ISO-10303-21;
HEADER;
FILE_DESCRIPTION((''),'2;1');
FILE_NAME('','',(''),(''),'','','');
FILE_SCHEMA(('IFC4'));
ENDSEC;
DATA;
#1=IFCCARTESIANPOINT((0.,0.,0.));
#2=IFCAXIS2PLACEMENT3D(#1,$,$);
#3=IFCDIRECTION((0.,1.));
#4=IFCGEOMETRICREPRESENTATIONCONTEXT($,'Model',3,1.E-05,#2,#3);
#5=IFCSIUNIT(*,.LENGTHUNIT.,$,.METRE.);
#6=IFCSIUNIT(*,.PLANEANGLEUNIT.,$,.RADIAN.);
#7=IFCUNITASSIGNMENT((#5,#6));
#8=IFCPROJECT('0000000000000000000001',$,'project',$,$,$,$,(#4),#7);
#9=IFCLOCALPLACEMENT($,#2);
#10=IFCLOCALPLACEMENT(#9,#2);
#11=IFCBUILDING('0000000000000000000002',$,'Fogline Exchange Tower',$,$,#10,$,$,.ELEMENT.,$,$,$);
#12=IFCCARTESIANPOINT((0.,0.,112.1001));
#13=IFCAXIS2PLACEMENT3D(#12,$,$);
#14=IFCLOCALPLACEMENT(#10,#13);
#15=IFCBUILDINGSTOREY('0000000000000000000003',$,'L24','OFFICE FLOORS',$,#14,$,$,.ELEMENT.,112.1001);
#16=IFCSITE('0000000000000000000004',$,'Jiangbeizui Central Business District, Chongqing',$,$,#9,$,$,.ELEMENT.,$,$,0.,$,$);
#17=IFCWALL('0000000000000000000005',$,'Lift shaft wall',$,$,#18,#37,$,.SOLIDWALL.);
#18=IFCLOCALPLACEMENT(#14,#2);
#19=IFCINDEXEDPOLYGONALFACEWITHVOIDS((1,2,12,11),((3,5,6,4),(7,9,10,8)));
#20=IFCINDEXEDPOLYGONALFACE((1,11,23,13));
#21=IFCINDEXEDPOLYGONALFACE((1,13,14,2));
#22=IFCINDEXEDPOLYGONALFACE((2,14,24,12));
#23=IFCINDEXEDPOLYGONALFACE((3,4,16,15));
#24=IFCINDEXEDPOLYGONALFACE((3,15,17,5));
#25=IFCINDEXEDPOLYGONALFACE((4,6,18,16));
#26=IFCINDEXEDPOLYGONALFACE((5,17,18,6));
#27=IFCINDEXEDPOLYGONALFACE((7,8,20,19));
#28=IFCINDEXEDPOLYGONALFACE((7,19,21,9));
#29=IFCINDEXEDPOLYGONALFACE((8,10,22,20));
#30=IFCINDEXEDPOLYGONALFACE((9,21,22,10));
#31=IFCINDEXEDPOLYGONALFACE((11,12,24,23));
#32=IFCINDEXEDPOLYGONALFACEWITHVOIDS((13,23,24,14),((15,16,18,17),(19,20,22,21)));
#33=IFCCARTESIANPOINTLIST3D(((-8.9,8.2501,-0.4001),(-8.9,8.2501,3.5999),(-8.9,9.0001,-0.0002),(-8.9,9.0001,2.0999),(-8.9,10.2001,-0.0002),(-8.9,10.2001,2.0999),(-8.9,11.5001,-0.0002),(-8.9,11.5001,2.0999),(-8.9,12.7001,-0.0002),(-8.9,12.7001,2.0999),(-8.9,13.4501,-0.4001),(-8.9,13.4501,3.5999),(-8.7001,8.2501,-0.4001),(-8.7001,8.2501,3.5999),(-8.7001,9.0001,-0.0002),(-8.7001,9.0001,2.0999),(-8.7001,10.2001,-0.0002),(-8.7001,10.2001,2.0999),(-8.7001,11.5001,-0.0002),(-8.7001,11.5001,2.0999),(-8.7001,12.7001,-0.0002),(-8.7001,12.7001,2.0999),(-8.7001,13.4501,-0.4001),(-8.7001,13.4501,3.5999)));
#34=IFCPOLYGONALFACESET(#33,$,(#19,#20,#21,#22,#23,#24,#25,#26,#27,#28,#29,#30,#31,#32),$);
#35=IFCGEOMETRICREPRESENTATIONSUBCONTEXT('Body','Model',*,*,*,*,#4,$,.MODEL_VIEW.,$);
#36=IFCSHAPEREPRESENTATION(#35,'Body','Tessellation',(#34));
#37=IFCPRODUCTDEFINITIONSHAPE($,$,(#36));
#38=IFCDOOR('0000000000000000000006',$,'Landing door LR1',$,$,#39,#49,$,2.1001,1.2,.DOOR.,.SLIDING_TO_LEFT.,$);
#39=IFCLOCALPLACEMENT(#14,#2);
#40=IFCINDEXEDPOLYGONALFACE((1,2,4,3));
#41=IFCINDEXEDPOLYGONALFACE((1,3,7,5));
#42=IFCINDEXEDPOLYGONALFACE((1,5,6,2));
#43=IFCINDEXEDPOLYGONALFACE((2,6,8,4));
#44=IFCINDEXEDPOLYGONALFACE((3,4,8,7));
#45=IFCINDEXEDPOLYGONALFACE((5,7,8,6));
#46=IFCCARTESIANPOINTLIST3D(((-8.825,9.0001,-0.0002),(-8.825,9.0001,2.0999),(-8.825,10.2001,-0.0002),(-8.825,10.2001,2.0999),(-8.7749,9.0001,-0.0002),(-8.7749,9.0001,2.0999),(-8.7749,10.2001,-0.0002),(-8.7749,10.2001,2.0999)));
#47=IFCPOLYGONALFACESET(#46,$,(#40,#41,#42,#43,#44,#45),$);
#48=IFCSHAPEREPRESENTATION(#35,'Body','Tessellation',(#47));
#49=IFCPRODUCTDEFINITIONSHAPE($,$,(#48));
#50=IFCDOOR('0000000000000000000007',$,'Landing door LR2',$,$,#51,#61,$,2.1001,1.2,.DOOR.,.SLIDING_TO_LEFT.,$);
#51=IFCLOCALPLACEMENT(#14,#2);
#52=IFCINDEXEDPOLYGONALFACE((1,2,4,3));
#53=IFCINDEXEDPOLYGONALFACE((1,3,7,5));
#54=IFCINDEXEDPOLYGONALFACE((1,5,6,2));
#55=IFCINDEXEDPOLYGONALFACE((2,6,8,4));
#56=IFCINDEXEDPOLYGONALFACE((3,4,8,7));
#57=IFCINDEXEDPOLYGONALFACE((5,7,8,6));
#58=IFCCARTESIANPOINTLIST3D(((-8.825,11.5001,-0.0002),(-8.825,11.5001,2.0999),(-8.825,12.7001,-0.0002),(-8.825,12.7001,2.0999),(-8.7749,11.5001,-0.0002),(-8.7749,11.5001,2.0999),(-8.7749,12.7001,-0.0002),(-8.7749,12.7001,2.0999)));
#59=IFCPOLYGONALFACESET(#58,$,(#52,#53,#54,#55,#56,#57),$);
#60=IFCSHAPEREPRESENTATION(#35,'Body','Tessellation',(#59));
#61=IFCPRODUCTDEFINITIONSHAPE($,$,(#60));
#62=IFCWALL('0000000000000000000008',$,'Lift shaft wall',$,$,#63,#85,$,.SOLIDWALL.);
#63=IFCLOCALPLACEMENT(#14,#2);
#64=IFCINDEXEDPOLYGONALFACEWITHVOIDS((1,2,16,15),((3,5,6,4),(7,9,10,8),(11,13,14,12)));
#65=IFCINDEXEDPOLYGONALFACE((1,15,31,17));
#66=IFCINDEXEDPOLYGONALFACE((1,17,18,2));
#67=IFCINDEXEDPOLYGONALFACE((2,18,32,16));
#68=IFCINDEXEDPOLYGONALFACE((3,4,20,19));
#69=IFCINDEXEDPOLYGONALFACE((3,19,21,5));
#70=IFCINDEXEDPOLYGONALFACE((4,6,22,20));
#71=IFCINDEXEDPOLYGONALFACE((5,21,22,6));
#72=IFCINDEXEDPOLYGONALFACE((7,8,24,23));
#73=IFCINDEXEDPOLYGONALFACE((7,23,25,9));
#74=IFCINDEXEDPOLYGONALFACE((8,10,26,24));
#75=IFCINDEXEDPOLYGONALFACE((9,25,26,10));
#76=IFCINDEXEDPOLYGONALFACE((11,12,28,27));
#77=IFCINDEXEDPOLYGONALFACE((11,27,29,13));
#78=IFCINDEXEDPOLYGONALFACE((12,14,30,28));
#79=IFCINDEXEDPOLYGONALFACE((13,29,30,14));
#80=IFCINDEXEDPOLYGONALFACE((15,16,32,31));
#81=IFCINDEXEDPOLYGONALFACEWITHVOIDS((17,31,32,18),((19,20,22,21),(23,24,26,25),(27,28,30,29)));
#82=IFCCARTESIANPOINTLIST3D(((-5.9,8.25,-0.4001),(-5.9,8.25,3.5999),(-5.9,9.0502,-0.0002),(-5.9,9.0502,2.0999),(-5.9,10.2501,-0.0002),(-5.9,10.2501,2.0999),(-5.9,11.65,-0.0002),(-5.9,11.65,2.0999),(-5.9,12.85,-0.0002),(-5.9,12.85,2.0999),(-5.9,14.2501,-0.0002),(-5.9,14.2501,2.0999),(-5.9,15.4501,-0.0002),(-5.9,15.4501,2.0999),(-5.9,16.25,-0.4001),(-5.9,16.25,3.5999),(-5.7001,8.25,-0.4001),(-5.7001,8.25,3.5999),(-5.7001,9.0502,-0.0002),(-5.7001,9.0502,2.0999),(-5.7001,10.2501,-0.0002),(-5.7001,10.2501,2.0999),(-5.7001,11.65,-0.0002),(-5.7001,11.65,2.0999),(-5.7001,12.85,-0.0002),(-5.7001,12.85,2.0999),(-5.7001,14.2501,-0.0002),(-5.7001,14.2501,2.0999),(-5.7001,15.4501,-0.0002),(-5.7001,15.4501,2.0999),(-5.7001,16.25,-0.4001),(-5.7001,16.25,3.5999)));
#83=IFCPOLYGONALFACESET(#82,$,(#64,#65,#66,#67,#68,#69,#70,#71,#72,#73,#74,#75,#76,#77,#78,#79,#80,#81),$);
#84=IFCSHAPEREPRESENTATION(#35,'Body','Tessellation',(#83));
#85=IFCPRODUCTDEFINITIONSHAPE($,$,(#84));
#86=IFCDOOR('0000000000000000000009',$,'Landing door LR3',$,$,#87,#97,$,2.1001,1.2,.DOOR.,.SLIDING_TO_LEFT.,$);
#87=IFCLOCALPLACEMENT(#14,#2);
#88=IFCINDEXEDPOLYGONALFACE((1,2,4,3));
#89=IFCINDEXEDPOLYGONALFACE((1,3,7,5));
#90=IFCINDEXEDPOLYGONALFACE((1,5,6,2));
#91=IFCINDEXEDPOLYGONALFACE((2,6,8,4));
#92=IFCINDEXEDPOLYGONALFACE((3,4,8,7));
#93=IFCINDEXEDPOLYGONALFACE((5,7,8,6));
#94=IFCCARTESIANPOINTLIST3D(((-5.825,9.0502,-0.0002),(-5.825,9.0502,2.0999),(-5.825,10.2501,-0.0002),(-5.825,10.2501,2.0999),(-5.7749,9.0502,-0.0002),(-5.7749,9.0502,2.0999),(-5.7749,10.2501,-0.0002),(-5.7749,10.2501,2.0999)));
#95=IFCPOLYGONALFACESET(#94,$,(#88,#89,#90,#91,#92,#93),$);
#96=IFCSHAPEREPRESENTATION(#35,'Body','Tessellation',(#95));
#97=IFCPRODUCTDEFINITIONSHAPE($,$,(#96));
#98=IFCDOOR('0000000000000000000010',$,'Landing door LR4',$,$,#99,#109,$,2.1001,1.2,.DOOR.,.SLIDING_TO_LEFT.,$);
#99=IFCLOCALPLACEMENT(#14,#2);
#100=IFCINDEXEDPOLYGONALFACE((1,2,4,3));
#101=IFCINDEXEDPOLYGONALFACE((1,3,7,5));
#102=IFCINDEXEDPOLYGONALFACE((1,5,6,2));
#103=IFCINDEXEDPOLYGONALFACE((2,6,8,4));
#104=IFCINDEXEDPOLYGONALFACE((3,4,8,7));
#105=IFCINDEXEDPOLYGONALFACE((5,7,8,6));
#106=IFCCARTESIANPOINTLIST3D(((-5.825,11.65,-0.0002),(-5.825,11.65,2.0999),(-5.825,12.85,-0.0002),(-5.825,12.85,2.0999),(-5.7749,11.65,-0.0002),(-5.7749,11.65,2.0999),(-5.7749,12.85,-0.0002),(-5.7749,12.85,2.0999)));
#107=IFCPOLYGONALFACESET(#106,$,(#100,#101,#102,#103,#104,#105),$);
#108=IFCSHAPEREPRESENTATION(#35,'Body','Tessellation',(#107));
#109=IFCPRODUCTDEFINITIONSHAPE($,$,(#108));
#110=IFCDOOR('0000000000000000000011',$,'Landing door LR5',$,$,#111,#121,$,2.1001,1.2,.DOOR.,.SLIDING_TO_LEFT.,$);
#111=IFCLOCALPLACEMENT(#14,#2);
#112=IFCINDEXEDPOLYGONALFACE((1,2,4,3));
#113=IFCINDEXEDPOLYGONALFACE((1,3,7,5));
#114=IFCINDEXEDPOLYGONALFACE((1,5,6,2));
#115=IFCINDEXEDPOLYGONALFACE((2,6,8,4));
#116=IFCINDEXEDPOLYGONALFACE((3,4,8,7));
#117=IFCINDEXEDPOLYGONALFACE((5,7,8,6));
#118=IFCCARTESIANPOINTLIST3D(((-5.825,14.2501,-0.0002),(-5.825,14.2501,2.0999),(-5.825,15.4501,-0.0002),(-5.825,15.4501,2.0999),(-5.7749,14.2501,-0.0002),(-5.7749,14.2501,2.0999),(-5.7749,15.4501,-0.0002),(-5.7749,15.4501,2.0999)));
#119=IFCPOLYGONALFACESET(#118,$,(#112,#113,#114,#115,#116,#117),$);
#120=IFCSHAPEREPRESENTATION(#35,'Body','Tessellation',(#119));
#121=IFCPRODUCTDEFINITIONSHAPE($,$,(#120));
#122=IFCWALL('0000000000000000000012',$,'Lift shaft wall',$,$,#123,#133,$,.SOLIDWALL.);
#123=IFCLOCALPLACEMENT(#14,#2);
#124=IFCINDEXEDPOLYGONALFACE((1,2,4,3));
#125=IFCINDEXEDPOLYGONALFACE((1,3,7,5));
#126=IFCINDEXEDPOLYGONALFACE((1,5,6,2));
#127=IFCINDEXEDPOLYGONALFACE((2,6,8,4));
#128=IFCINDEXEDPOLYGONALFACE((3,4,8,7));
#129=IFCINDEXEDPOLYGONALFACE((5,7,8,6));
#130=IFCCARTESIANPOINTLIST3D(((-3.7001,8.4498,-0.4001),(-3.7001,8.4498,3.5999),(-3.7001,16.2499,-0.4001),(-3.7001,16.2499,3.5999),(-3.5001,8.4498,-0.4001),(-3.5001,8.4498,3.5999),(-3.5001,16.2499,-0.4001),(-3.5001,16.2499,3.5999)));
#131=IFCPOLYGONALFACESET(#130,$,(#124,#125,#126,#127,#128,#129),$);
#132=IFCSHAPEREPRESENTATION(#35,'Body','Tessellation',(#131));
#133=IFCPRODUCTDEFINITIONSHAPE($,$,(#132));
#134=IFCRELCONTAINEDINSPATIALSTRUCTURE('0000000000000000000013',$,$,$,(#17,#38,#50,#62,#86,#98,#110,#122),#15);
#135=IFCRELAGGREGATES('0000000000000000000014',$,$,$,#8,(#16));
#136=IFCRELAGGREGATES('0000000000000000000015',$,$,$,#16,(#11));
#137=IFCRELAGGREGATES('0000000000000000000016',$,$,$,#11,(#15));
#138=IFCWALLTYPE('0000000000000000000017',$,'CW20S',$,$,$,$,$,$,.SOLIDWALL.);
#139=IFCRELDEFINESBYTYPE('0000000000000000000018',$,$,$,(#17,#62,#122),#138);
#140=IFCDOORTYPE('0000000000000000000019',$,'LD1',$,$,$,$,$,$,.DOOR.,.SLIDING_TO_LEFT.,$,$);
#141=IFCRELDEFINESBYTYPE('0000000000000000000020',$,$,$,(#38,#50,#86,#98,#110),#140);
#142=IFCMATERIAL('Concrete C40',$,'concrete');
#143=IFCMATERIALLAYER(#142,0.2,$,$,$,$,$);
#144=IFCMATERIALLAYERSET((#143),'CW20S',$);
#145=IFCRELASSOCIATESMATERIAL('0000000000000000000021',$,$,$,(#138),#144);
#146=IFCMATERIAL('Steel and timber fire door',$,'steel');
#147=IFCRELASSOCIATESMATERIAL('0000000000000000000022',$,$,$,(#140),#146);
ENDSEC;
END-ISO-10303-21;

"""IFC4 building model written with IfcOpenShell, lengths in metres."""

from ifc_helpers import new_model, si_unit, direction, frame, frame_2d, origin, place, context, subcontext, project, spatial, rectangle, extrude, material, layer, layer_set, type_object, element, fill, save


model = new_model("IFC4")

# Units and contexts
model_context = context("Model", 3, precision=1e-05, world=origin(), true_north=direction((0.0, 1.0)))
body_context = subcontext(model_context, "Body", "Model", "MODEL_VIEW")
ifc_project = project(units=[si_unit("LENGTHUNIT", "METRE"), si_unit("PLANEANGLEUNIT", "RADIAN")], contexts=[model_context])

# Site, building, storey
site_placement = place(None, origin())
site = spatial("IfcSite", under=ifc_project, at=site_placement, Name="Jiangbeizui Central Business District, Chongqing", CompositionType="ELEMENT", RefElevation=0.0)
building_placement = place(site_placement, origin())
building = spatial("IfcBuilding", under=site, at=building_placement, Name="Fogline Exchange Tower", CompositionType="ELEMENT")
storey_placement = place(building_placement, frame((0.0, 0.0, 112.1001)))
storey = spatial("IfcBuildingStorey", under=building, at=storey_placement, Name="L24", Description="OFFICE FLOORS", CompositionType="ELEMENT", Elevation=112.1001)

# Shared definitions
ifc_material_1 = material(Name="Steel and timber fire door", Category="steel")

# Shared definitions
ifc_material_2 = material(Name="Concrete C40", Category="concrete")

# Walls, openings, doors
ifc_layer_1 = layer(ifc_material_2, 0.2)
ifc_layer_set_1 = layer_set([ifc_layer_1], Name="CW20S")
wall_type_1 = type_object("IfcWallType", Name="CW20S", PredefinedType="SOLIDWALL", material=ifc_layer_set_1)
wall_1_placement = place(storey_placement, frame((-8.8, 8.25, -0.4001), z_axis=(0.0, 0.0, 1.0), x_axis=(0.0, 1.0, 0.0)))
wall_1 = element("IfcWall", 1, at=wall_1_placement, inside=storey, type_object=wall_type_1, Name="Lift shaft wall", PredefinedType="SOLIDWALL", context=body_context, shape_type="SweptSolid", body=[
    extrude(rectangle(XDim=5.2, YDim=0.2, at=frame_2d((2.6001, 0.0))), origin(), (0.0, 0.0, 1.0), 4.0),
])
opening_1_placement = place(wall_1_placement, frame((0.75, 0.0, 0.3999)))
opening_1 = element("IfcOpeningElement", 2, at=opening_1_placement, cuts=wall_1, PredefinedType="OPENING", context=body_context, shape_type="SweptSolid", body=[
    extrude(rectangle(XDim=1.2, YDim=2.1001, at=frame_2d((0.6001, 1.05))), frame((0.0, 0.1099, 0.0), z_axis=(0.0, -1.0, 0.0), x_axis=(1.0, 0.0, 0.0)), (0.0, 0.0, 1.0), 0.22),
])
opening_2_placement = place(wall_1_placement, frame((3.25, 0.0, 0.3999)))
opening_2 = element("IfcOpeningElement", 3, at=opening_2_placement, cuts=wall_1, PredefinedType="OPENING", context=body_context, shape_type="SweptSolid", body=[
    extrude(rectangle(XDim=1.2, YDim=2.1001, at=frame_2d((0.6001, 1.05))), frame((0.0, 0.1099, 0.0), z_axis=(0.0, -1.0, 0.0), x_axis=(1.0, 0.0, 0.0)), (0.0, 0.0, 1.0), 0.22),
])
door_type_1 = type_object("IfcDoorType", Name="LD1", OperationType="SLIDING_TO_LEFT", PredefinedType="DOOR", material=ifc_material_1)
door_1_placement = place(opening_1_placement, origin())
door_1 = element("IfcDoor", 4, at=door_1_placement, inside=storey, type_object=door_type_1, Name="Landing door LR1", OperationType="SLIDING_TO_LEFT", OverallHeight=2.1001, OverallWidth=1.2, PredefinedType="DOOR", context=body_context, shape_type="SweptSolid", body=[
    extrude(rectangle(XDim=1.2, YDim=2.1001, at=frame_2d((0.6001, 1.05))), frame((0.0, 0.0249, 0.0), z_axis=(0.0, -1.0, 0.0), x_axis=(1.0, 0.0, 0.0)), (0.0, 0.0, 1.0), 0.05),
])
fill(opening_1, door_1)
door_2_placement = place(opening_2_placement, origin())
door_2 = element("IfcDoor", 5, at=door_2_placement, inside=storey, type_object=door_type_1, Name="Landing door LR2", OperationType="SLIDING_TO_LEFT", OverallHeight=2.1001, OverallWidth=1.2, PredefinedType="DOOR", context=body_context, shape_type="SweptSolid", body=[
    extrude(rectangle(XDim=1.2, YDim=2.1001, at=frame_2d((0.6001, 1.05))), frame((0.0, 0.0249, 0.0), z_axis=(0.0, -1.0, 0.0), x_axis=(1.0, 0.0, 0.0)), (0.0, 0.0, 1.0), 0.05),
])
fill(opening_2, door_2)
wall_2_placement = place(storey_placement, frame((-5.8, 8.25, -0.4001), z_axis=(0.0, 0.0, 1.0), x_axis=(0.0, 1.0, 0.0)))
wall_2 = element("IfcWall", 6, at=wall_2_placement, inside=storey, type_object=wall_type_1, Name="Lift shaft wall", PredefinedType="SOLIDWALL", context=body_context, shape_type="SweptSolid", body=[
    extrude(rectangle(XDim=8.0, YDim=0.2, at=frame_2d((4.0, 0.0))), origin(), (0.0, 0.0, 1.0), 4.0),
])
opening_3_placement = place(wall_2_placement, frame((0.8, 0.0, 0.3999)))
opening_3 = element("IfcOpeningElement", 7, at=opening_3_placement, cuts=wall_2, PredefinedType="OPENING", context=body_context, shape_type="SweptSolid", body=[
    extrude(rectangle(XDim=1.2, YDim=2.1001, at=frame_2d((0.6001, 1.05))), frame((0.0, 0.1099, 0.0), z_axis=(0.0, -1.0, 0.0), x_axis=(1.0, 0.0, 0.0)), (0.0, 0.0, 1.0), 0.22),
])
opening_4_placement = place(wall_2_placement, frame((3.3999, 0.0, 0.3999)))
opening_4 = element("IfcOpeningElement", 8, at=opening_4_placement, cuts=wall_2, PredefinedType="OPENING", context=body_context, shape_type="SweptSolid", body=[
    extrude(rectangle(XDim=1.2, YDim=2.1001, at=frame_2d((0.6001, 1.05))), frame((0.0, 0.1099, 0.0), z_axis=(0.0, -1.0, 0.0), x_axis=(1.0, 0.0, 0.0)), (0.0, 0.0, 1.0), 0.22),
])
opening_5_placement = place(wall_2_placement, frame((6.0, 0.0, 0.3999)))
opening_5 = element("IfcOpeningElement", 9, at=opening_5_placement, cuts=wall_2, PredefinedType="OPENING", context=body_context, shape_type="SweptSolid", body=[
    extrude(rectangle(XDim=1.2, YDim=2.1001, at=frame_2d((0.6001, 1.05))), frame((0.0, 0.1099, 0.0), z_axis=(0.0, -1.0, 0.0), x_axis=(1.0, 0.0, 0.0)), (0.0, 0.0, 1.0), 0.22),
])
door_3_placement = place(opening_3_placement, origin())
door_3 = element("IfcDoor", 10, at=door_3_placement, inside=storey, type_object=door_type_1, Name="Landing door LR3", OperationType="SLIDING_TO_LEFT", OverallHeight=2.1001, OverallWidth=1.2, PredefinedType="DOOR", context=body_context, shape_type="SweptSolid", body=[
    extrude(rectangle(XDim=1.2, YDim=2.1001, at=frame_2d((0.6001, 1.05))), frame((0.0, 0.0249, 0.0), z_axis=(0.0, -1.0, 0.0), x_axis=(1.0, 0.0, 0.0)), (0.0, 0.0, 1.0), 0.05),
])
fill(opening_3, door_3)
door_4_placement = place(opening_4_placement, origin())
door_4 = element("IfcDoor", 11, at=door_4_placement, inside=storey, type_object=door_type_1, Name="Landing door LR4", OperationType="SLIDING_TO_LEFT", OverallHeight=2.1001, OverallWidth=1.2, PredefinedType="DOOR", context=body_context, shape_type="SweptSolid", body=[
    extrude(rectangle(XDim=1.2, YDim=2.1001, at=frame_2d((0.6001, 1.05))), frame((0.0, 0.0249, 0.0), z_axis=(0.0, -1.0, 0.0), x_axis=(1.0, 0.0, 0.0)), (0.0, 0.0, 1.0), 0.05),
])
fill(opening_4, door_4)
door_5_placement = place(opening_5_placement, origin())
door_5 = element("IfcDoor", 12, at=door_5_placement, inside=storey, type_object=door_type_1, Name="Landing door LR5", OperationType="SLIDING_TO_LEFT", OverallHeight=2.1001, OverallWidth=1.2, PredefinedType="DOOR", context=body_context, shape_type="SweptSolid", body=[
    extrude(rectangle(XDim=1.2, YDim=2.1001, at=frame_2d((0.6001, 1.05))), frame((0.0, 0.0249, 0.0), z_axis=(0.0, -1.0, 0.0), x_axis=(1.0, 0.0, 0.0)), (0.0, 0.0, 1.0), 0.05),
])
fill(opening_5, door_5)

# Wall
wall_3_placement = place(storey_placement, frame((-3.6001, 8.45, -0.4001), z_axis=(0.0, 0.0, 1.0), x_axis=(0.0, 1.0, 0.0)))
element("IfcWall", 13, at=wall_3_placement, inside=storey, type_object=wall_type_1, Name="Lift shaft wall", PredefinedType="SOLIDWALL", context=body_context, shape_type="SweptSolid", body=[
    extrude(rectangle(XDim=7.8, YDim=0.2, at=frame_2d((3.8999, 0.0))), origin(), (0.0, 0.0, 1.0), 4.0),
])

save(model, "model.ifc")
